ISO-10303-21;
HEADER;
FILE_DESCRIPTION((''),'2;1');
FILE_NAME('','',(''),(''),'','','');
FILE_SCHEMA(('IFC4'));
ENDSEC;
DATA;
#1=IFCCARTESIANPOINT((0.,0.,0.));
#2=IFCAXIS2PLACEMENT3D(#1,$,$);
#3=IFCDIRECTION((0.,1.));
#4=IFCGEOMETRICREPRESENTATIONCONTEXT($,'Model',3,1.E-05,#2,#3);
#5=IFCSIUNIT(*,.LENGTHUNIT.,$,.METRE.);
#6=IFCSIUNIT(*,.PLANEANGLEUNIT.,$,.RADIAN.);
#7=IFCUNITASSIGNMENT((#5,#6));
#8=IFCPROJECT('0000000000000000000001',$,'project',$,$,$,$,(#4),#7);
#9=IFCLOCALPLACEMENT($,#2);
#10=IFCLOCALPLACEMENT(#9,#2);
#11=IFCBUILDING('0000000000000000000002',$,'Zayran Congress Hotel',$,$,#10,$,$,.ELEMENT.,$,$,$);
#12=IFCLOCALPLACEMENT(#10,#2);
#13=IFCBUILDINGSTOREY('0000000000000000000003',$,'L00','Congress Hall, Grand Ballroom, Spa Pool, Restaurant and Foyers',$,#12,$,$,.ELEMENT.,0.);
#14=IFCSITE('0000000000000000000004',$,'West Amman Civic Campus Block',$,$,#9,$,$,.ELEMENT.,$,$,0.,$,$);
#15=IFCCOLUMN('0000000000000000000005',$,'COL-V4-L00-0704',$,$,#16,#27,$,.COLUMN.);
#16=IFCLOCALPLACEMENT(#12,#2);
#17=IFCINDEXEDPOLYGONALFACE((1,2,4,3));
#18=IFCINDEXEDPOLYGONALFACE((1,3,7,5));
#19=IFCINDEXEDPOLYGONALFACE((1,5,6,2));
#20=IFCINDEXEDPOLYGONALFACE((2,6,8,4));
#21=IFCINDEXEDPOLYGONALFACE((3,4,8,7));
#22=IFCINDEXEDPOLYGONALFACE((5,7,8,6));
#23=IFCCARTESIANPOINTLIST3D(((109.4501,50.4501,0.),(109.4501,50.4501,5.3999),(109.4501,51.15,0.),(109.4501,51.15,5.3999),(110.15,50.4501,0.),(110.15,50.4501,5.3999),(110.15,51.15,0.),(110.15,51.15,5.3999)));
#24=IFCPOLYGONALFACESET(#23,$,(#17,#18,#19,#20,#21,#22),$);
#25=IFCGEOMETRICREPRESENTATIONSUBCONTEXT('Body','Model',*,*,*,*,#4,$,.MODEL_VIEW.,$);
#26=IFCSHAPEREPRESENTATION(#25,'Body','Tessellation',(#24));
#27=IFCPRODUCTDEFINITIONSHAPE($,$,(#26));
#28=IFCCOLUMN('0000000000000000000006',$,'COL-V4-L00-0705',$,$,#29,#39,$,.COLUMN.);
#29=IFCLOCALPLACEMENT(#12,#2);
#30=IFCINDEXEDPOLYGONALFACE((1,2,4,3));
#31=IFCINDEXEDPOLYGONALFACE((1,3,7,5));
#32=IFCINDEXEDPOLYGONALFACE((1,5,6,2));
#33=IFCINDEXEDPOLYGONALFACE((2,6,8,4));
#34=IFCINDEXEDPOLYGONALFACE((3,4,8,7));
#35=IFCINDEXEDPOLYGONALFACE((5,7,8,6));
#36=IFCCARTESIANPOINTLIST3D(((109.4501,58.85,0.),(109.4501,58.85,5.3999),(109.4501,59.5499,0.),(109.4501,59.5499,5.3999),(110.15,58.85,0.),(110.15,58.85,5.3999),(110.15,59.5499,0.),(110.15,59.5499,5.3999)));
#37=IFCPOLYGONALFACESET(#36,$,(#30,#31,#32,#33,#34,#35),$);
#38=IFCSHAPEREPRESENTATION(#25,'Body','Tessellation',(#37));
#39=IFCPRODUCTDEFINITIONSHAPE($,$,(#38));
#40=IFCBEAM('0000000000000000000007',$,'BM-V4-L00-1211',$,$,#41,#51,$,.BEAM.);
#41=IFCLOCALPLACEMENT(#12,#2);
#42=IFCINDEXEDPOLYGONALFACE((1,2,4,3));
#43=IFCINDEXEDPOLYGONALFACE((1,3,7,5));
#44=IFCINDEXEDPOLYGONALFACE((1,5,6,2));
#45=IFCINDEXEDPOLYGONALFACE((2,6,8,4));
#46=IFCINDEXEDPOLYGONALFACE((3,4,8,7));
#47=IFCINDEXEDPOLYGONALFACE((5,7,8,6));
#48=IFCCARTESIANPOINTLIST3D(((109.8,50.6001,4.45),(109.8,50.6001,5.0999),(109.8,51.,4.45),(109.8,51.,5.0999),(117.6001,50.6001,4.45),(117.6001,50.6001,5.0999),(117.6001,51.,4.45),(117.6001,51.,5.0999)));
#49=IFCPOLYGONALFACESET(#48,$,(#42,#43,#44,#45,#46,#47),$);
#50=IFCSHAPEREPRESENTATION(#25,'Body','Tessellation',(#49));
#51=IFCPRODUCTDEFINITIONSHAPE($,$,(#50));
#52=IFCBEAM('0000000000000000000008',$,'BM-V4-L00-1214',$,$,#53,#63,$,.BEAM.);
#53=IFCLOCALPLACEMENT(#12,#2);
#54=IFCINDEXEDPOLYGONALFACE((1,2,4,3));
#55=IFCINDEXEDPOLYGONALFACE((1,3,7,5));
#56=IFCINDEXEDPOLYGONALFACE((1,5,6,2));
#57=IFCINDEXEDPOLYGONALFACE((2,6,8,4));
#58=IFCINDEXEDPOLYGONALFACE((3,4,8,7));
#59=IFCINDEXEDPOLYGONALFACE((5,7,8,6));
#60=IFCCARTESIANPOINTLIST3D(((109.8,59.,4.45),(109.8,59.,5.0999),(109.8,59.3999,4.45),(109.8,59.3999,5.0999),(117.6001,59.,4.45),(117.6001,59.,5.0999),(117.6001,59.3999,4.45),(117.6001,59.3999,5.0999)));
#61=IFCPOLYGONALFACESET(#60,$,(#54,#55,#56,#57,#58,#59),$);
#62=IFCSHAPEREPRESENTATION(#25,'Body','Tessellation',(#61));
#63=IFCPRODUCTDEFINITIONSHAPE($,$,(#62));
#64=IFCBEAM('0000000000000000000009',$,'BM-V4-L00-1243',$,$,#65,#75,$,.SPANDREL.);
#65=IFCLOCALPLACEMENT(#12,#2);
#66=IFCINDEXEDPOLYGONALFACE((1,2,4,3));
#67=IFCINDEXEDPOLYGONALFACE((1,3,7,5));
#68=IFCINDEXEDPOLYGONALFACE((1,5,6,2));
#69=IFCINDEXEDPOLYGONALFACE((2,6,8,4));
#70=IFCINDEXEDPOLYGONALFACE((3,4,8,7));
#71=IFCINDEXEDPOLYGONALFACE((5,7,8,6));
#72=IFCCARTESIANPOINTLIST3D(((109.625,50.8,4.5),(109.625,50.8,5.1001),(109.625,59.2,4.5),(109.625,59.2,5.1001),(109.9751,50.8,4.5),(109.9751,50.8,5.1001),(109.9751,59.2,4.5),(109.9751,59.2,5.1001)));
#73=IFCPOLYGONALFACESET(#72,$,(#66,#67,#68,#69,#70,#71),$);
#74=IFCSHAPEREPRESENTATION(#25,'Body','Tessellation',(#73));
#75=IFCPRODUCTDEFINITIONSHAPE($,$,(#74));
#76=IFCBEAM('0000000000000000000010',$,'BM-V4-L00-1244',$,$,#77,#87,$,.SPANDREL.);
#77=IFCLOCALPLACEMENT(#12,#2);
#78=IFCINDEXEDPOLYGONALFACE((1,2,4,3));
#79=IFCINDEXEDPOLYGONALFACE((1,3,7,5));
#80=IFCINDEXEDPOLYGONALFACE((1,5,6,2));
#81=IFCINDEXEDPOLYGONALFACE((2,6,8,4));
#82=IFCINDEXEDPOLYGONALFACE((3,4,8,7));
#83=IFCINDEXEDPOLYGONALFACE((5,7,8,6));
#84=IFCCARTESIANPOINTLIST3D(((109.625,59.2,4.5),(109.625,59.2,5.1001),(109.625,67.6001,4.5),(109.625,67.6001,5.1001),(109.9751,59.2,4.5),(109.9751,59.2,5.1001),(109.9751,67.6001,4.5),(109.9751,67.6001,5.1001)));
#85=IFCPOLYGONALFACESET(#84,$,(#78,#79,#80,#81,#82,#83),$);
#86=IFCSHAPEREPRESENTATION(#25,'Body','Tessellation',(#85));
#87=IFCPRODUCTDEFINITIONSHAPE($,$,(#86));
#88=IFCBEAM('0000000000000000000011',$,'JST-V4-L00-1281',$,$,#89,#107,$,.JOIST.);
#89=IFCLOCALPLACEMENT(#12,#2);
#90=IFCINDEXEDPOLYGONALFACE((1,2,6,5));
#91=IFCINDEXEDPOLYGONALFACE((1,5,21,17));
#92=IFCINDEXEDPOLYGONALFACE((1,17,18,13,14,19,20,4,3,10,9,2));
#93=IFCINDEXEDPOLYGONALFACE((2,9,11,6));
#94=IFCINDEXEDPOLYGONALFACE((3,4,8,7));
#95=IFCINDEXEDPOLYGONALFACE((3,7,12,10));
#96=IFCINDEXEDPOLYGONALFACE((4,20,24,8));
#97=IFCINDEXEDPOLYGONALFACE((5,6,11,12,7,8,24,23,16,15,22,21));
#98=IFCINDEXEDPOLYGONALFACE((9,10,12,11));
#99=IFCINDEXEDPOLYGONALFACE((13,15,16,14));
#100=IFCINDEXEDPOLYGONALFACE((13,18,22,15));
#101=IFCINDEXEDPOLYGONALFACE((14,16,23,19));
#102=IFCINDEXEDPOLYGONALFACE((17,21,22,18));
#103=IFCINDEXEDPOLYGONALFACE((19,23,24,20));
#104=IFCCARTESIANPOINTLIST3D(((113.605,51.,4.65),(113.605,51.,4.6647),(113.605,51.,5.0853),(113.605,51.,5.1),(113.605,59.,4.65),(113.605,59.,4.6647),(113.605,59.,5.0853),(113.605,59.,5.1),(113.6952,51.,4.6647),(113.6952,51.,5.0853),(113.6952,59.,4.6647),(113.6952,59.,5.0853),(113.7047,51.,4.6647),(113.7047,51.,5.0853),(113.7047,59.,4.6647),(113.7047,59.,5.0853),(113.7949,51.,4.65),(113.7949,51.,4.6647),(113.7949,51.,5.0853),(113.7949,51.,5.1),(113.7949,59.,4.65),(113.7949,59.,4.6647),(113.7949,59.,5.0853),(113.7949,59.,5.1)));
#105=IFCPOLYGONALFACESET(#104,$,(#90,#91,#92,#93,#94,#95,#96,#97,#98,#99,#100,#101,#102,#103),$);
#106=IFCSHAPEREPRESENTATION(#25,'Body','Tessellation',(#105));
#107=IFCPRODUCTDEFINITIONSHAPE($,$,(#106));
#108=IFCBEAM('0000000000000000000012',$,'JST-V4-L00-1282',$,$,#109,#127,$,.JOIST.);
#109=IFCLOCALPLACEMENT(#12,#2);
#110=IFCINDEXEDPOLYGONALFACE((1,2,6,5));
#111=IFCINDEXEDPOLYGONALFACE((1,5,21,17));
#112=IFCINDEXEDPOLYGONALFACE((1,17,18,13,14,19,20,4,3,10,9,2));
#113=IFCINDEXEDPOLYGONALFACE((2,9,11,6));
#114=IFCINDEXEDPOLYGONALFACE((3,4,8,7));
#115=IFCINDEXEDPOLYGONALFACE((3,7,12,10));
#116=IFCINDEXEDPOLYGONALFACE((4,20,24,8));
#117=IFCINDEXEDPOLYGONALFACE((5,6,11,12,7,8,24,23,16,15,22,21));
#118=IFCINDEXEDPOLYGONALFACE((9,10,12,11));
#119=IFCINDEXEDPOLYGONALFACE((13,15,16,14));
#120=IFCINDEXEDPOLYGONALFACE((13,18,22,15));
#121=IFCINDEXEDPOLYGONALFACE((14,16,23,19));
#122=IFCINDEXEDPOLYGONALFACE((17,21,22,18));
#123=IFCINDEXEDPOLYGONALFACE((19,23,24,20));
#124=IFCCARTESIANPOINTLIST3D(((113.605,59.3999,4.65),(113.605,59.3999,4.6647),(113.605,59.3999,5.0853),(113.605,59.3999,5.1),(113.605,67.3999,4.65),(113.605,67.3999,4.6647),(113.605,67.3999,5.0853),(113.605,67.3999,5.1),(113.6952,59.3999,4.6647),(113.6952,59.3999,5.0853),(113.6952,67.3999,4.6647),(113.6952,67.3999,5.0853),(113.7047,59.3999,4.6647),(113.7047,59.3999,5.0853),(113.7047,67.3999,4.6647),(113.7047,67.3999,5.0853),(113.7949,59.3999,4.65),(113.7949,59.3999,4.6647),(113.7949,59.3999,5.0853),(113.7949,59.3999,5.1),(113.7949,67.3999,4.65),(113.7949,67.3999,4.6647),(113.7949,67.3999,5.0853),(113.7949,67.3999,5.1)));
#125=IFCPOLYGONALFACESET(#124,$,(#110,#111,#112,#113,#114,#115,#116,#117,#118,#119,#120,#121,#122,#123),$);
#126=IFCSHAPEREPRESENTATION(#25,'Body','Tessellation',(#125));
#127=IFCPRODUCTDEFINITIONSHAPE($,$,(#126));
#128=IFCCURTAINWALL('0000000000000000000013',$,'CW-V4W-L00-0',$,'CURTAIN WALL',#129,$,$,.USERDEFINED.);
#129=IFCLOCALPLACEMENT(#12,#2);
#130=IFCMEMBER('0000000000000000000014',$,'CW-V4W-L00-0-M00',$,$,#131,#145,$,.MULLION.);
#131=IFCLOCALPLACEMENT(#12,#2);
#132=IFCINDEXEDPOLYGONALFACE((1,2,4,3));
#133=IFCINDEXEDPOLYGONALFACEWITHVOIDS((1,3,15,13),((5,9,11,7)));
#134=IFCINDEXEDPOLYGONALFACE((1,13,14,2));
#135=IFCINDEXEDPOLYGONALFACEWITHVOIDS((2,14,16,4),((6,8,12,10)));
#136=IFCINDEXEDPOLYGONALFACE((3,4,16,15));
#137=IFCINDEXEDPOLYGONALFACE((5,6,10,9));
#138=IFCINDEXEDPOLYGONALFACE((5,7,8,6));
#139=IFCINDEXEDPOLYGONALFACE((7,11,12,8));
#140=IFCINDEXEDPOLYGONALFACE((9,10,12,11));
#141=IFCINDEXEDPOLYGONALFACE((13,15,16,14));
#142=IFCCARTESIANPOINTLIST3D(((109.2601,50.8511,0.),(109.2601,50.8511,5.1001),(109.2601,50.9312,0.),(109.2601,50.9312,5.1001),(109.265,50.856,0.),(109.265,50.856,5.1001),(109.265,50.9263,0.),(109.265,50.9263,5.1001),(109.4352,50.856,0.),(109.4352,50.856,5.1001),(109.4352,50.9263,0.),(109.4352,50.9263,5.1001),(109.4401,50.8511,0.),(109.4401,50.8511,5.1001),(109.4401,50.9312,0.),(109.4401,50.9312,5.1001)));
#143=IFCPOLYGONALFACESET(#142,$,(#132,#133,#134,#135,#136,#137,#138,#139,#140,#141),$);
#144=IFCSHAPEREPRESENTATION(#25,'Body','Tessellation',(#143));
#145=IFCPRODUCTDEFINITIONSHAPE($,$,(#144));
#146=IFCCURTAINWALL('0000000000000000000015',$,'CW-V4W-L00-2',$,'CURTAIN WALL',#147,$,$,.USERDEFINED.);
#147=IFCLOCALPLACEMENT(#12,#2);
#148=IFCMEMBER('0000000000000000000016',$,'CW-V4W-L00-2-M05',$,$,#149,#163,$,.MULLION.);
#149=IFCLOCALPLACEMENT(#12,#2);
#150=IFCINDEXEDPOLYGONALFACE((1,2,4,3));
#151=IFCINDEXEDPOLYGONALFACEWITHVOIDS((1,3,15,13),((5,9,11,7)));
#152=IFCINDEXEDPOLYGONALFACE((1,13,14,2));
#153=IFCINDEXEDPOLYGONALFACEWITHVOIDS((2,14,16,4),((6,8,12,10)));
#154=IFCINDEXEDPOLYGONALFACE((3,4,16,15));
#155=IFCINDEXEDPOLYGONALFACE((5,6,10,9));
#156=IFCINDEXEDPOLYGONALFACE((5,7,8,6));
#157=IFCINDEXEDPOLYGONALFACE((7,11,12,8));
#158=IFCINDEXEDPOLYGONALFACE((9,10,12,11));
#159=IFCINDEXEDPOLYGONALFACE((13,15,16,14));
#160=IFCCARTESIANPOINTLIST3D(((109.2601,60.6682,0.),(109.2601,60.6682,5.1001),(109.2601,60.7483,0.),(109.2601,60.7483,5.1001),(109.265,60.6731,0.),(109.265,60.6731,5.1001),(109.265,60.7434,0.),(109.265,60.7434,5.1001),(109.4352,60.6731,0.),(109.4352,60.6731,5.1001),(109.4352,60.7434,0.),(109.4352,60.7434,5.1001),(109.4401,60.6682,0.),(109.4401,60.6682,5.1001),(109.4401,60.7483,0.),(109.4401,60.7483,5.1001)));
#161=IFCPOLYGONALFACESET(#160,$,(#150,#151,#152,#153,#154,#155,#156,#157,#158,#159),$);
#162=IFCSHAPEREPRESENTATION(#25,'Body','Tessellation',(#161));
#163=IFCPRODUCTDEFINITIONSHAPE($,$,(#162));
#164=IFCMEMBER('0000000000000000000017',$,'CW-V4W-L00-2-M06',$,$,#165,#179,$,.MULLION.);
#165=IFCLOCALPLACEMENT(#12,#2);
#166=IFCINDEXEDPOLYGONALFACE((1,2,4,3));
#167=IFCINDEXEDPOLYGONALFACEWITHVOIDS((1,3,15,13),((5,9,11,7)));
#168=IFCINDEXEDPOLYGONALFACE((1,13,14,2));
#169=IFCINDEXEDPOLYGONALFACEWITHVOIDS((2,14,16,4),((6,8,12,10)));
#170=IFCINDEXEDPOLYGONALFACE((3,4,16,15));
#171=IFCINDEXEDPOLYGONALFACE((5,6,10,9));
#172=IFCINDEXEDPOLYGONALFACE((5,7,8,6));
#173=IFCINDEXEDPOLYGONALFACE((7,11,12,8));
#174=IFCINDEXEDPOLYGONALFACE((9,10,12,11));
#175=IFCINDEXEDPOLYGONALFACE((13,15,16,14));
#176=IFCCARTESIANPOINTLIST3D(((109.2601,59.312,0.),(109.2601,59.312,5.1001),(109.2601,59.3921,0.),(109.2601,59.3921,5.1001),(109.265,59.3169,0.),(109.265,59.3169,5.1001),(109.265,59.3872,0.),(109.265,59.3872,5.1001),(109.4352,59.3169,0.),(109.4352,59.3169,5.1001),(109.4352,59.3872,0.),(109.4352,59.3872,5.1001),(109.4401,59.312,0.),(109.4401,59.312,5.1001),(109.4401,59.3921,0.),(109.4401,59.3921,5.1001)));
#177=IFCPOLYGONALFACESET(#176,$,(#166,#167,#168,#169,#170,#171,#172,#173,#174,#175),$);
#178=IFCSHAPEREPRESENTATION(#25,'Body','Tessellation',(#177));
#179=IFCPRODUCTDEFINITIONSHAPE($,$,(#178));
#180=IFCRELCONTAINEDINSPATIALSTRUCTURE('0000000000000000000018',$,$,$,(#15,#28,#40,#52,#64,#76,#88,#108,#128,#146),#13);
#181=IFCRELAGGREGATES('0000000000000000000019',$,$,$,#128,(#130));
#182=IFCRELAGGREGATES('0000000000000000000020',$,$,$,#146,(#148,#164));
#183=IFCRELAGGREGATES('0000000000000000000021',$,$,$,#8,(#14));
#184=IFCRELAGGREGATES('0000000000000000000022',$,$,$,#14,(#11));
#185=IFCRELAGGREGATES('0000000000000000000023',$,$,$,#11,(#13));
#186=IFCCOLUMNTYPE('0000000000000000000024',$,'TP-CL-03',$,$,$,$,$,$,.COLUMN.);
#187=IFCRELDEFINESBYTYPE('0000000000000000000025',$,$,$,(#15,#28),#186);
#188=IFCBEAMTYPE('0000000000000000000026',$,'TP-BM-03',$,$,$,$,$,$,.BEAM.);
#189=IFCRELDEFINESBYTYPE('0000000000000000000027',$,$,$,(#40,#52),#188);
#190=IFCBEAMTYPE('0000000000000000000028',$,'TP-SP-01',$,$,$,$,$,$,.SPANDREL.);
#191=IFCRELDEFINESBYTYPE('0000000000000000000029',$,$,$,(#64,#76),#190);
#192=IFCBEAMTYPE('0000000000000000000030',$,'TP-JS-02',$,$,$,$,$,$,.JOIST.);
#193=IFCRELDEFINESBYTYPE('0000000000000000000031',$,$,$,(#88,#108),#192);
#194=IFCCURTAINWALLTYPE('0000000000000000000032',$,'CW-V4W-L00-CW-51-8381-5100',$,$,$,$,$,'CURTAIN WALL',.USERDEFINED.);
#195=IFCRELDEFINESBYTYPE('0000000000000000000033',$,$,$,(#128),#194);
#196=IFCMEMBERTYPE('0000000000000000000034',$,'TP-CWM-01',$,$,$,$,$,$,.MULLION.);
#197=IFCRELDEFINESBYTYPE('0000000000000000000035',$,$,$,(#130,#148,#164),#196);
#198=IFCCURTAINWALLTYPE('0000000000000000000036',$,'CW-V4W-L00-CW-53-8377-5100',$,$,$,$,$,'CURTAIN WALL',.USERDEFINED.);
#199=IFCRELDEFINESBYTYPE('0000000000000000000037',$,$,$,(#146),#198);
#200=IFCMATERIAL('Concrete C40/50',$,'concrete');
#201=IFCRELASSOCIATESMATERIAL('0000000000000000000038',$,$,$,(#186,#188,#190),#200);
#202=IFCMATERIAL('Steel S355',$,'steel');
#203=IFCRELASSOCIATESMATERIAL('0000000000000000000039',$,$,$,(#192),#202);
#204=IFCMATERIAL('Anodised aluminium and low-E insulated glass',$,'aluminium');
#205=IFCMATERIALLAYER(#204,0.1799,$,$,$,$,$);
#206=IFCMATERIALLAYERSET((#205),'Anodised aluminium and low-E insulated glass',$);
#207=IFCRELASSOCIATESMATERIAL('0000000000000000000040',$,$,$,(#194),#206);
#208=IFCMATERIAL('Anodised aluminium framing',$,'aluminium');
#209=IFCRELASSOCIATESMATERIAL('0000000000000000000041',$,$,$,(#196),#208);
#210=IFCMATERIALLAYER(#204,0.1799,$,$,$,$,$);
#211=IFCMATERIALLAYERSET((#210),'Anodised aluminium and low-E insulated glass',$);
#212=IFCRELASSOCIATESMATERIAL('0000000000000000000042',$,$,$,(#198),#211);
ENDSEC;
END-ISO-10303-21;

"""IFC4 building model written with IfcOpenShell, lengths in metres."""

from ifc_helpers import new_model, si_unit, direction, frame, origin, origin_2d, place, context, subcontext, project, spatial, rectangle, hollow_rectangle, i_section, extrude, material, layer, layer_set, material_profile, profile_set, type_object, element, aggregate, save


model = new_model("IFC4")

# Units and contexts
model_context = context("Model", 3, precision=1e-05, world=origin(), true_north=direction((0.0, 1.0)))
body_context = subcontext(model_context, "Body", "Model", "MODEL_VIEW")
ifc_project = project(units=[si_unit("LENGTHUNIT", "METRE"), si_unit("PLANEANGLEUNIT", "RADIAN")], contexts=[model_context])

# Site, building, storey
site_placement = place(None, origin())
site = spatial("IfcSite", under=ifc_project, at=site_placement, Name="West Amman Civic Campus Block", CompositionType="ELEMENT", RefElevation=0.0)
building_placement = place(site_placement, origin())
building = spatial("IfcBuilding", under=site, at=building_placement, Name="Zayran Congress Hotel", CompositionType="ELEMENT")
storey_placement = place(building_placement, origin())
storey = spatial("IfcBuildingStorey", under=building, at=storey_placement, Name="L00", Description="Congress Hall, Grand Ballroom, Spa Pool, Restaurant and Foyers", CompositionType="ELEMENT", Elevation=0.0)

# Columns
ifc_material_1 = material(Name="Concrete C40/50", Category="concrete")
ifc_material_profile_1 = material_profile(ifc_material_1, rectangle(XDim=0.7, YDim=0.7, at=origin_2d()), Name="RC 700x700")
ifc_profile_set_1 = profile_set([ifc_material_profile_1], Name="Concrete C40/50")
column_type = type_object("IfcColumnType", Name="TP-CL-03", PredefinedType="COLUMN", material=ifc_profile_set_1)
for number, where, z_axis, x_axis, name in (
    (1, (109.8, 50.8, 0.0), (0.0, 0.0, 1.0), (1.0, 0.0, 0.0), "COL-V4-L00-0704"),
    (2, (109.8, 59.2, 0.0), (0.0, 0.0, 1.0), (1.0, 0.0, 0.0), "COL-V4-L00-0705"),
):
    element("IfcColumn", number, at=place(storey_placement, frame(where, z_axis=z_axis, x_axis=x_axis)), inside=storey, type_object=column_type, Name=name, PredefinedType="COLUMN", context=body_context, shape_type="SweptSolid", body=[
        extrude(rectangle(XDim=0.7, YDim=0.7, at=origin_2d()), origin(), (0.0, 0.0, 1.0), 5.3999),
    ])

# Beams
ifc_material_profile_2 = material_profile(ifc_material_1, rectangle(XDim=0.3999, YDim=0.6499, at=origin_2d()), Name="RC 400x650")
ifc_profile_set_2 = profile_set([ifc_material_profile_2], Name="Concrete C40/50")
beam_type_1 = type_object("IfcBeamType", Name="TP-BM-03", PredefinedType="BEAM", material=ifc_profile_set_2)
for number, where, z_axis, x_axis, name in (
    (3, (109.8, 50.8, 4.7749), (1.0, 0.0, 0.0), (0.0, 1.0, 0.0), "BM-V4-L00-1211"),
    (4, (109.8, 59.2, 4.7749), (1.0, 0.0, 0.0), (0.0, 1.0, 0.0), "BM-V4-L00-1214"),
):
    element("IfcBeam", number, at=place(storey_placement, frame(where, z_axis=z_axis, x_axis=x_axis)), inside=storey, type_object=beam_type_1, Name=name, PredefinedType="BEAM", context=body_context, shape_type="SweptSolid", body=[
        extrude(rectangle(XDim=0.3999, YDim=0.6499, at=origin_2d()), origin(), (0.0, 0.0, 1.0), 7.8),
    ])
ifc_material_profile_3 = material_profile(ifc_material_1, rectangle(XDim=0.3501, YDim=0.6001, at=origin_2d()), Name="RC 350x600")
ifc_profile_set_3 = profile_set([ifc_material_profile_3], Name="Concrete C40/50")
beam_type_2 = type_object("IfcBeamType", Name="TP-SP-01", PredefinedType="SPANDREL", material=ifc_profile_set_3)
beam_1_placement = place(storey_placement, frame((109.8, 50.8, 4.8), z_axis=(0.0, 1.0, 0.0), x_axis=(-1.0, 0.0, 0.0)))
element("IfcBeam", 5, at=beam_1_placement, inside=storey, type_object=beam_type_2, Name="BM-V4-L00-1243", PredefinedType="SPANDREL", context=body_context, shape_type="SweptSolid", body=[
    extrude(rectangle(XDim=0.3501, YDim=0.6001, at=origin_2d()), origin(), (0.0, 0.0, 1.0), 8.3999),
])
beam_2_placement = place(storey_placement, frame((109.8, 59.2, 4.8), z_axis=(0.0, 1.0, 0.0), x_axis=(-1.0, 0.0, 0.0)))
element("IfcBeam", 6, at=beam_2_placement, inside=storey, type_object=beam_type_2, Name="BM-V4-L00-1244", PredefinedType="SPANDREL", context=body_context, shape_type="SweptSolid", body=[
    extrude(rectangle(XDim=0.3501, YDim=0.6001, at=origin_2d()), origin(), (0.0, 0.0, 1.0), 8.4001),
])
ifc_material_2 = material(Name="Steel S355", Category="steel")
ifc_material_profile_4 = material_profile(ifc_material_2, i_section(OverallWidth=0.1899, OverallDepth=0.45, WebThickness=0.0095, FlangeThickness=0.0146, at=origin_2d()), Name="IPE 450")
ifc_profile_set_4 = profile_set([ifc_material_profile_4], Name="Steel S355")
beam_type_3 = type_object("IfcBeamType", Name="TP-JS-02", PredefinedType="JOIST", material=ifc_profile_set_4)
for number, where, z_axis, x_axis, name in (
    (7, (113.7, 51.0, 4.875), (0.0, 1.0, 0.0), (-1.0, 0.0, 0.0), "JST-V4-L00-1281"),
    (8, (113.7, 59.3999, 4.875), (0.0, 1.0, 0.0), (-1.0, 0.0, 0.0), "JST-V4-L00-1282"),
):
    element("IfcBeam", number, at=place(storey_placement, frame(where, z_axis=z_axis, x_axis=x_axis)), inside=storey, type_object=beam_type_3, Name=name, PredefinedType="JOIST", context=body_context, shape_type="SweptSolid", body=[
        extrude(i_section(OverallWidth=0.1899, OverallDepth=0.45, WebThickness=0.0095, FlangeThickness=0.0146, at=origin_2d()), origin(), (0.0, 0.0, 1.0), 8.0),
    ])

# Curtain wall, member
ifc_material_3 = material(Name="Anodised aluminium and low-E insulated glass", Category="aluminium")
ifc_layer_1 = layer(ifc_material_3, 0.1799)
ifc_layer_set_1 = layer_set([ifc_layer_1], Name="Anodised aluminium and low-E insulated glass")
curtain_wall_type_1 = type_object("IfcCurtainWallType", Name="CW-V4W-L00-CW-51-8381-5100", ElementType="CURTAIN WALL", PredefinedType="USERDEFINED", material=ifc_layer_set_1)
curtain_wall_1_placement = place(storey_placement, origin())
curtain_wall_1 = element("IfcCurtainWall", 9, at=curtain_wall_1_placement, inside=storey, type_object=curtain_wall_type_1, Name="CW-V4W-L00-0", ObjectType="CURTAIN WALL", PredefinedType="USERDEFINED")
ifc_material_4 = material(Name="Anodised aluminium framing", Category="aluminium")
ifc_material_profile_5 = material_profile(ifc_material_4, hollow_rectangle(XDim=0.0801, YDim=0.1799, WallThickness=0.0049, at=origin_2d()), Name="RHS 180x80x5")
ifc_profile_set_5 = profile_set([ifc_material_profile_5], Name="Anodised aluminium framing")
member_type_1 = type_object("IfcMemberType", Name="TP-CWM-01", PredefinedType="MULLION", material=ifc_profile_set_5)
member_1_placement = place(storey_placement, frame((109.3501, 50.8911, 0.0), z_axis=(0.0, 0.0, 1.0), x_axis=(0.0, 1.0, 0.0)))
member_1 = element("IfcMember", 10, at=member_1_placement, type_object=member_type_1, Name="CW-V4W-L00-0-M00", PredefinedType="MULLION", context=body_context, shape_type="SweptSolid", body=[
    extrude(hollow_rectangle(XDim=0.0801, YDim=0.1799, WallThickness=0.0049, at=origin_2d()), origin(), (0.0, 0.0, 1.0), 5.1001),
])

# Curtain wall, members
ifc_layer_2 = layer(ifc_material_3, 0.1799)
ifc_layer_set_2 = layer_set([ifc_layer_2], Name="Anodised aluminium and low-E insulated glass")
curtain_wall_type_2 = type_object("IfcCurtainWallType", Name="CW-V4W-L00-CW-53-8377-5100", ElementType="CURTAIN WALL", PredefinedType="USERDEFINED", material=ifc_layer_set_2)
curtain_wall_2_placement = place(storey_placement, origin())
curtain_wall_2 = element("IfcCurtainWall", 11, at=curtain_wall_2_placement, inside=storey, type_object=curtain_wall_type_2, Name="CW-V4W-L00-2", ObjectType="CURTAIN WALL", PredefinedType="USERDEFINED")
member_2_placement = place(storey_placement, frame((109.3501, 60.7083, 0.0), z_axis=(0.0, 0.0, 1.0), x_axis=(0.0, 1.0, 0.0)))
member_2 = element("IfcMember", 12, at=member_2_placement, type_object=member_type_1, Name="CW-V4W-L00-2-M05", PredefinedType="MULLION", context=body_context, shape_type="SweptSolid", body=[
    extrude(hollow_rectangle(XDim=0.0801, YDim=0.1799, WallThickness=0.0049, at=origin_2d()), origin(), (0.0, 0.0, 1.0), 5.1001),
])
member_3_placement = place(storey_placement, frame((109.3501, 59.3521, 0.0), z_axis=(0.0, 0.0, 1.0), x_axis=(0.0, 1.0, 0.0)))
member_3 = element("IfcMember", 13, at=member_3_placement, type_object=member_type_1, Name="CW-V4W-L00-2-M06", PredefinedType="MULLION", context=body_context, shape_type="SweptSolid", body=[
    extrude(hollow_rectangle(XDim=0.0801, YDim=0.1799, WallThickness=0.0049, at=origin_2d()), origin(), (0.0, 0.0, 1.0), 5.1001),
])

aggregate(curtain_wall_1, [member_1])

aggregate(curtain_wall_2, [member_2, member_3])

save(model, "model.ifc")
